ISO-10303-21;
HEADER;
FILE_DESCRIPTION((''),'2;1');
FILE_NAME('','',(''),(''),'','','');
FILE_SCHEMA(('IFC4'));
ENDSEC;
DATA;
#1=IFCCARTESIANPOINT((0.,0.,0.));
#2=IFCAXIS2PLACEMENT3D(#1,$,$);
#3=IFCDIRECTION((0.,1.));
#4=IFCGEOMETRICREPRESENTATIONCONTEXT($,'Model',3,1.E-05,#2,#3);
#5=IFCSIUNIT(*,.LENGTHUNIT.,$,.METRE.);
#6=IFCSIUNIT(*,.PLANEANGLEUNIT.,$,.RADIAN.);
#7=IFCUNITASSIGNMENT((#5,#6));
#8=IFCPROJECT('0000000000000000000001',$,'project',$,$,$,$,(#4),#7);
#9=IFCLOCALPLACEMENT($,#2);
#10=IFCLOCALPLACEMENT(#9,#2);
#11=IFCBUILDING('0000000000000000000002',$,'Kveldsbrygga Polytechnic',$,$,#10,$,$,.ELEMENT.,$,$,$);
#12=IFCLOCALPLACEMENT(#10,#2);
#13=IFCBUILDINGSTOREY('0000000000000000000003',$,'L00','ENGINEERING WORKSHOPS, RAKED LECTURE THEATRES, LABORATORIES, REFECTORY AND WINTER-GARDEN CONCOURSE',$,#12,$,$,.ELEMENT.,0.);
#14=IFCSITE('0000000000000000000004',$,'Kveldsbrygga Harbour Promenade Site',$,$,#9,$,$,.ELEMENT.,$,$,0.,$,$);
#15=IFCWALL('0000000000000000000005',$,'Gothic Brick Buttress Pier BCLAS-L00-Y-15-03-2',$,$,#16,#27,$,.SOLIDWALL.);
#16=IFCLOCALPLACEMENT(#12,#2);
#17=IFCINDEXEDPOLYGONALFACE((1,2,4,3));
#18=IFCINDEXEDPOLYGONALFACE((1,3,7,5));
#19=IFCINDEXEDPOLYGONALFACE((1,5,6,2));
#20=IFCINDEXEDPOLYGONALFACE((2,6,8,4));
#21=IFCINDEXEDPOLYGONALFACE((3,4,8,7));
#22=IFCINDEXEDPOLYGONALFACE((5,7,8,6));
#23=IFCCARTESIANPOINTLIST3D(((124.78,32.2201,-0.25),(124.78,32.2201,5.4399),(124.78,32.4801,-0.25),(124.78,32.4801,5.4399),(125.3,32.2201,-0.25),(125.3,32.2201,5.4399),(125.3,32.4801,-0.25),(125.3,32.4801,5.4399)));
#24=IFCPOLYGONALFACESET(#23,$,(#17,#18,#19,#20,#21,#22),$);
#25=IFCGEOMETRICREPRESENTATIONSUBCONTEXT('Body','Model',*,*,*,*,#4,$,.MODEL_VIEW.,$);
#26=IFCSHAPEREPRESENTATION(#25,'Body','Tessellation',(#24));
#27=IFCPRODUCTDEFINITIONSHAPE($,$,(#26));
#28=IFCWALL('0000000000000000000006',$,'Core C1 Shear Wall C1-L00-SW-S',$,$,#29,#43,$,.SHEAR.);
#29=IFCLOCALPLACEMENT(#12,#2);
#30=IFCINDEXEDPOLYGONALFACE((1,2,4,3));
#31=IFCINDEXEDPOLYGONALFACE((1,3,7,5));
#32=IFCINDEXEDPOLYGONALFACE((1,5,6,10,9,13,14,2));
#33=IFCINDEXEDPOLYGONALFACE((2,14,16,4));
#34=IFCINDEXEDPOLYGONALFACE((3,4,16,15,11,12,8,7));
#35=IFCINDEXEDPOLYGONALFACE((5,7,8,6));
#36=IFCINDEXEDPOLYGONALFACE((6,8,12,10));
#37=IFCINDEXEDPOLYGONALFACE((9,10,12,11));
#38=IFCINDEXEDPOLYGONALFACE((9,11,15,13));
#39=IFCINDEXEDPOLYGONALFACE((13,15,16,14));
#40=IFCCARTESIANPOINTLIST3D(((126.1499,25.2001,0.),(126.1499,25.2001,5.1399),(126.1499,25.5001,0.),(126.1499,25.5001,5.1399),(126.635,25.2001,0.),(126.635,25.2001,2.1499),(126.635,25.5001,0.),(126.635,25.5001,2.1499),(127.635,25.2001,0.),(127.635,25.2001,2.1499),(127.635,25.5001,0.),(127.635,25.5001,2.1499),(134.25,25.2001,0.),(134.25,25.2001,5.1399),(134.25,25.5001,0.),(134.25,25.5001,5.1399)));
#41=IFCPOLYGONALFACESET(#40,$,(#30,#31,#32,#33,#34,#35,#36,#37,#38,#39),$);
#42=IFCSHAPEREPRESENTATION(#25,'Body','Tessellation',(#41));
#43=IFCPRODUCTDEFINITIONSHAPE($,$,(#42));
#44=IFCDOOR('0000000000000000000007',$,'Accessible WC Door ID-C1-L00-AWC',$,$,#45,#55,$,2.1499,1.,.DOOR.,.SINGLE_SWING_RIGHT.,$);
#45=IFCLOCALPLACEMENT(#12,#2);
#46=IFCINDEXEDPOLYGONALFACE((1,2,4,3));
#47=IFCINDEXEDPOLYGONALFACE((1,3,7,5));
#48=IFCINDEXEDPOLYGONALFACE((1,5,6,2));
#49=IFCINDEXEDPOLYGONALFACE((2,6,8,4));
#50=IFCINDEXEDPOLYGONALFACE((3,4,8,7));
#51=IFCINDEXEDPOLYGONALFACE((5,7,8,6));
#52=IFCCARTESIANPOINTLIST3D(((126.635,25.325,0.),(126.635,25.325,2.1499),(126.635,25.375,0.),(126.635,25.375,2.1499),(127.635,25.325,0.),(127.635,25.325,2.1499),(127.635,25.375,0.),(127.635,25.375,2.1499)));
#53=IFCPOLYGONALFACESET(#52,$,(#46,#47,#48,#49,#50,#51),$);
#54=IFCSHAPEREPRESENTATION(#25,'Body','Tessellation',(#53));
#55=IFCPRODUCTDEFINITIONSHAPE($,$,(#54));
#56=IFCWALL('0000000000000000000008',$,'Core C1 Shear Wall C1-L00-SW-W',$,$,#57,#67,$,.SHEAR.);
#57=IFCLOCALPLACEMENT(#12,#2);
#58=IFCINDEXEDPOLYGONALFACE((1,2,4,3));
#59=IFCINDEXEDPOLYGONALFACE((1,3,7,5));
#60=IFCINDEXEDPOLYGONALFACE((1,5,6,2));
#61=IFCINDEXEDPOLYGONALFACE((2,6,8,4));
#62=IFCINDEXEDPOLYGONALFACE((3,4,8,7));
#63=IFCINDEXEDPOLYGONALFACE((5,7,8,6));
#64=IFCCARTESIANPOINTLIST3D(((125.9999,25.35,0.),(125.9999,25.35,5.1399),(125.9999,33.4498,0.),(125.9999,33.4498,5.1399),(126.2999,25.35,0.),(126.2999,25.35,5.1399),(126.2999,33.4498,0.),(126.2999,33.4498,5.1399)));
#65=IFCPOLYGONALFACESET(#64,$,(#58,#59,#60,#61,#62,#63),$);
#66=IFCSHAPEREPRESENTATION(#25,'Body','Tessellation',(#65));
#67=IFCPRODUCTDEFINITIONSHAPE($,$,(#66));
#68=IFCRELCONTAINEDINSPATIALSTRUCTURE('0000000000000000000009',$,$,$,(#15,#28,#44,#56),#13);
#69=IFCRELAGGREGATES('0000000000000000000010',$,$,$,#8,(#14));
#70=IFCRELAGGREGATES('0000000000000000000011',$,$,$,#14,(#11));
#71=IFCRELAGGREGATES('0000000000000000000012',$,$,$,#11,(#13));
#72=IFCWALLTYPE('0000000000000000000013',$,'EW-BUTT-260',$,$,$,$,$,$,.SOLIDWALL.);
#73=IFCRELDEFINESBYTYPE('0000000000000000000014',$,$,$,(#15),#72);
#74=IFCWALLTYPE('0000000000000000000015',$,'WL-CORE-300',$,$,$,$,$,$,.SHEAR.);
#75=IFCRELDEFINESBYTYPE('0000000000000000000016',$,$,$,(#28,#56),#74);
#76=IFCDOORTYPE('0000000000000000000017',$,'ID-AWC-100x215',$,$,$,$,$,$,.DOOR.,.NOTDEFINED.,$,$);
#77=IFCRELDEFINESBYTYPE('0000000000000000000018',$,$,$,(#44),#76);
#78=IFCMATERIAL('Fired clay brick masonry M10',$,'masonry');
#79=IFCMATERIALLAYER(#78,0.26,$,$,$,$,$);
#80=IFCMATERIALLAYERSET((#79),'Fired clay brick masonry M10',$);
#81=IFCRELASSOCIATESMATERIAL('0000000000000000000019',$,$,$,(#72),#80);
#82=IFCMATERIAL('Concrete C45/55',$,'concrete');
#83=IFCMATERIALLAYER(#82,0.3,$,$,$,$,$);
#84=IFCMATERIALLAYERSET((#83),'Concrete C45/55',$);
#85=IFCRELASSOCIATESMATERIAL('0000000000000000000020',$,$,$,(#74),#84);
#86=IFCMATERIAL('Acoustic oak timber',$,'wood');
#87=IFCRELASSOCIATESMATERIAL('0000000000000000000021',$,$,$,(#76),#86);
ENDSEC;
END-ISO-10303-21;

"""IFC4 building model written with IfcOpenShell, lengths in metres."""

from ifc_helpers import new_model, si_unit, direction, frame, frame_2d, origin, place, context, subcontext, project, spatial, rectangle, extrude, material, layer, layer_set, type_object, element, fill, save


model = new_model("IFC4")

# Units and contexts
model_context = context("Model", 3, precision=1e-05, world=origin(), true_north=direction((0.0, 1.0)))
body_context = subcontext(model_context, "Body", "Model", "MODEL_VIEW")
ifc_project = project(units=[si_unit("LENGTHUNIT", "METRE"), si_unit("PLANEANGLEUNIT", "RADIAN")], contexts=[model_context])

# Site, building, storey
site_placement = place(None, origin())
site = spatial("IfcSite", under=ifc_project, at=site_placement, Name="Kveldsbrygga Harbour Promenade Site", CompositionType="ELEMENT", RefElevation=0.0)
building_placement = place(site_placement, origin())
building = spatial("IfcBuilding", under=site, at=building_placement, Name="Kveldsbrygga Polytechnic", CompositionType="ELEMENT")
storey_placement = place(building_placement, origin())
storey = spatial("IfcBuildingStorey", under=building, at=storey_placement, Name="L00", Description="ENGINEERING WORKSHOPS, RAKED LECTURE THEATRES, LABORATORIES, REFECTORY AND WINTER-GARDEN CONCOURSE", CompositionType="ELEMENT", Elevation=0.0)

# Shared definitions
ifc_material_1 = material(Name="Concrete C45/55", Category="concrete")

# Wall
ifc_material_2 = material(Name="Fired clay brick masonry M10", Category="masonry")
ifc_layer_1 = layer(ifc_material_2, 0.26)
ifc_layer_set_1 = layer_set([ifc_layer_1], Name="Fired clay brick masonry M10")
wall_type_1 = type_object("IfcWallType", Name="EW-BUTT-260", PredefinedType="SOLIDWALL", material=ifc_layer_set_1)
for number, where, z_axis, x_axis, name in (
    (1, (125.3, 32.3501, -0.25), (0.0, 0.0, 1.0), (-1.0, 0.0, 0.0), "Gothic Brick Buttress Pier BCLAS-L00-Y-15-03-2"),
):
    element("IfcWall", number, at=place(storey_placement, frame(where, z_axis=z_axis, x_axis=x_axis)), inside=storey, type_object=wall_type_1, Name=name, PredefinedType="SOLIDWALL", context=body_context, shape_type="SweptSolid", body=[
        extrude(rectangle(XDim=0.52, YDim=0.26, at=frame_2d((0.26, 0.0))), origin(), (0.0, 0.0, 1.0), 5.6899),
    ])

# Wall, opening, door
ifc_layer_2 = layer(ifc_material_1, 0.3)
ifc_layer_set_2 = layer_set([ifc_layer_2], Name="Concrete C45/55")
wall_type_2 = type_object("IfcWallType", Name="WL-CORE-300", PredefinedType="SHEAR", material=ifc_layer_set_2)
wall_1_placement = place(storey_placement, frame((126.1499, 25.3501, 0.0), z_axis=(0.0, 0.0, 1.0), x_axis=(1.0, 0.0, 0.0)))
wall_1 = element("IfcWall", 2, at=wall_1_placement, inside=storey, type_object=wall_type_2, Name="Core C1 Shear Wall C1-L00-SW-S", PredefinedType="SHEAR", context=body_context, shape_type="SweptSolid", body=[
    extrude(rectangle(XDim=8.1001, YDim=0.3, at=frame_2d((4.05, 0.0))), origin(), (0.0, 0.0, 1.0), 5.1399),
])
opening_placement = place(wall_1_placement, frame((0.4851, 0.0, 0.0)))
opening = element("IfcOpeningElement", 3, at=opening_placement, cuts=wall_1, PredefinedType="OPENING", context=body_context, shape_type="SweptSolid", body=[
    extrude(rectangle(XDim=1.0, YDim=2.1499, at=frame_2d((0.5, 1.075))), frame((0.0, 0.1602, 0.0), z_axis=(0.0, -1.0, 0.0), x_axis=(1.0, 0.0, 0.0)), (0.0, 0.0, 1.0), 0.3201),
])
ifc_material_3 = material(Name="Acoustic oak timber", Category="wood")
door_type = type_object("IfcDoorType", Name="ID-AWC-100x215", OperationType="NOTDEFINED", PredefinedType="DOOR", material=ifc_material_3)
door_placement = place(opening_placement, origin())
door = element("IfcDoor", 4, at=door_placement, inside=storey, type_object=door_type, Name="Accessible WC Door ID-C1-L00-AWC", OperationType="SINGLE_SWING_RIGHT", OverallHeight=2.1499, OverallWidth=1.0, PredefinedType="DOOR", context=body_context, shape_type="SweptSolid", body=[
    extrude(rectangle(XDim=1.0, YDim=2.1499, at=frame_2d((0.5, 1.075))), frame((0.0, 0.0249, 0.0), z_axis=(0.0, -1.0, 0.0), x_axis=(1.0, 0.0, 0.0)), (0.0, 0.0, 1.0), 0.05),
])
fill(opening, door)

# Wall
wall_2_placement = place(storey_placement, frame((126.1499, 25.3501, 0.0), z_axis=(0.0, 0.0, 1.0), x_axis=(0.0, 1.0, 0.0)))
element("IfcWall", 5, at=wall_2_placement, inside=storey, type_object=wall_type_2, Name="Core C1 Shear Wall C1-L00-SW-W", PredefinedType="SHEAR", context=body_context, shape_type="SweptSolid", body=[
    extrude(rectangle(XDim=8.0999, YDim=0.3, at=frame_2d((4.0498, 0.0))), origin(), (0.0, 0.0, 1.0), 5.1399),
])

save(model, "model.ifc")
